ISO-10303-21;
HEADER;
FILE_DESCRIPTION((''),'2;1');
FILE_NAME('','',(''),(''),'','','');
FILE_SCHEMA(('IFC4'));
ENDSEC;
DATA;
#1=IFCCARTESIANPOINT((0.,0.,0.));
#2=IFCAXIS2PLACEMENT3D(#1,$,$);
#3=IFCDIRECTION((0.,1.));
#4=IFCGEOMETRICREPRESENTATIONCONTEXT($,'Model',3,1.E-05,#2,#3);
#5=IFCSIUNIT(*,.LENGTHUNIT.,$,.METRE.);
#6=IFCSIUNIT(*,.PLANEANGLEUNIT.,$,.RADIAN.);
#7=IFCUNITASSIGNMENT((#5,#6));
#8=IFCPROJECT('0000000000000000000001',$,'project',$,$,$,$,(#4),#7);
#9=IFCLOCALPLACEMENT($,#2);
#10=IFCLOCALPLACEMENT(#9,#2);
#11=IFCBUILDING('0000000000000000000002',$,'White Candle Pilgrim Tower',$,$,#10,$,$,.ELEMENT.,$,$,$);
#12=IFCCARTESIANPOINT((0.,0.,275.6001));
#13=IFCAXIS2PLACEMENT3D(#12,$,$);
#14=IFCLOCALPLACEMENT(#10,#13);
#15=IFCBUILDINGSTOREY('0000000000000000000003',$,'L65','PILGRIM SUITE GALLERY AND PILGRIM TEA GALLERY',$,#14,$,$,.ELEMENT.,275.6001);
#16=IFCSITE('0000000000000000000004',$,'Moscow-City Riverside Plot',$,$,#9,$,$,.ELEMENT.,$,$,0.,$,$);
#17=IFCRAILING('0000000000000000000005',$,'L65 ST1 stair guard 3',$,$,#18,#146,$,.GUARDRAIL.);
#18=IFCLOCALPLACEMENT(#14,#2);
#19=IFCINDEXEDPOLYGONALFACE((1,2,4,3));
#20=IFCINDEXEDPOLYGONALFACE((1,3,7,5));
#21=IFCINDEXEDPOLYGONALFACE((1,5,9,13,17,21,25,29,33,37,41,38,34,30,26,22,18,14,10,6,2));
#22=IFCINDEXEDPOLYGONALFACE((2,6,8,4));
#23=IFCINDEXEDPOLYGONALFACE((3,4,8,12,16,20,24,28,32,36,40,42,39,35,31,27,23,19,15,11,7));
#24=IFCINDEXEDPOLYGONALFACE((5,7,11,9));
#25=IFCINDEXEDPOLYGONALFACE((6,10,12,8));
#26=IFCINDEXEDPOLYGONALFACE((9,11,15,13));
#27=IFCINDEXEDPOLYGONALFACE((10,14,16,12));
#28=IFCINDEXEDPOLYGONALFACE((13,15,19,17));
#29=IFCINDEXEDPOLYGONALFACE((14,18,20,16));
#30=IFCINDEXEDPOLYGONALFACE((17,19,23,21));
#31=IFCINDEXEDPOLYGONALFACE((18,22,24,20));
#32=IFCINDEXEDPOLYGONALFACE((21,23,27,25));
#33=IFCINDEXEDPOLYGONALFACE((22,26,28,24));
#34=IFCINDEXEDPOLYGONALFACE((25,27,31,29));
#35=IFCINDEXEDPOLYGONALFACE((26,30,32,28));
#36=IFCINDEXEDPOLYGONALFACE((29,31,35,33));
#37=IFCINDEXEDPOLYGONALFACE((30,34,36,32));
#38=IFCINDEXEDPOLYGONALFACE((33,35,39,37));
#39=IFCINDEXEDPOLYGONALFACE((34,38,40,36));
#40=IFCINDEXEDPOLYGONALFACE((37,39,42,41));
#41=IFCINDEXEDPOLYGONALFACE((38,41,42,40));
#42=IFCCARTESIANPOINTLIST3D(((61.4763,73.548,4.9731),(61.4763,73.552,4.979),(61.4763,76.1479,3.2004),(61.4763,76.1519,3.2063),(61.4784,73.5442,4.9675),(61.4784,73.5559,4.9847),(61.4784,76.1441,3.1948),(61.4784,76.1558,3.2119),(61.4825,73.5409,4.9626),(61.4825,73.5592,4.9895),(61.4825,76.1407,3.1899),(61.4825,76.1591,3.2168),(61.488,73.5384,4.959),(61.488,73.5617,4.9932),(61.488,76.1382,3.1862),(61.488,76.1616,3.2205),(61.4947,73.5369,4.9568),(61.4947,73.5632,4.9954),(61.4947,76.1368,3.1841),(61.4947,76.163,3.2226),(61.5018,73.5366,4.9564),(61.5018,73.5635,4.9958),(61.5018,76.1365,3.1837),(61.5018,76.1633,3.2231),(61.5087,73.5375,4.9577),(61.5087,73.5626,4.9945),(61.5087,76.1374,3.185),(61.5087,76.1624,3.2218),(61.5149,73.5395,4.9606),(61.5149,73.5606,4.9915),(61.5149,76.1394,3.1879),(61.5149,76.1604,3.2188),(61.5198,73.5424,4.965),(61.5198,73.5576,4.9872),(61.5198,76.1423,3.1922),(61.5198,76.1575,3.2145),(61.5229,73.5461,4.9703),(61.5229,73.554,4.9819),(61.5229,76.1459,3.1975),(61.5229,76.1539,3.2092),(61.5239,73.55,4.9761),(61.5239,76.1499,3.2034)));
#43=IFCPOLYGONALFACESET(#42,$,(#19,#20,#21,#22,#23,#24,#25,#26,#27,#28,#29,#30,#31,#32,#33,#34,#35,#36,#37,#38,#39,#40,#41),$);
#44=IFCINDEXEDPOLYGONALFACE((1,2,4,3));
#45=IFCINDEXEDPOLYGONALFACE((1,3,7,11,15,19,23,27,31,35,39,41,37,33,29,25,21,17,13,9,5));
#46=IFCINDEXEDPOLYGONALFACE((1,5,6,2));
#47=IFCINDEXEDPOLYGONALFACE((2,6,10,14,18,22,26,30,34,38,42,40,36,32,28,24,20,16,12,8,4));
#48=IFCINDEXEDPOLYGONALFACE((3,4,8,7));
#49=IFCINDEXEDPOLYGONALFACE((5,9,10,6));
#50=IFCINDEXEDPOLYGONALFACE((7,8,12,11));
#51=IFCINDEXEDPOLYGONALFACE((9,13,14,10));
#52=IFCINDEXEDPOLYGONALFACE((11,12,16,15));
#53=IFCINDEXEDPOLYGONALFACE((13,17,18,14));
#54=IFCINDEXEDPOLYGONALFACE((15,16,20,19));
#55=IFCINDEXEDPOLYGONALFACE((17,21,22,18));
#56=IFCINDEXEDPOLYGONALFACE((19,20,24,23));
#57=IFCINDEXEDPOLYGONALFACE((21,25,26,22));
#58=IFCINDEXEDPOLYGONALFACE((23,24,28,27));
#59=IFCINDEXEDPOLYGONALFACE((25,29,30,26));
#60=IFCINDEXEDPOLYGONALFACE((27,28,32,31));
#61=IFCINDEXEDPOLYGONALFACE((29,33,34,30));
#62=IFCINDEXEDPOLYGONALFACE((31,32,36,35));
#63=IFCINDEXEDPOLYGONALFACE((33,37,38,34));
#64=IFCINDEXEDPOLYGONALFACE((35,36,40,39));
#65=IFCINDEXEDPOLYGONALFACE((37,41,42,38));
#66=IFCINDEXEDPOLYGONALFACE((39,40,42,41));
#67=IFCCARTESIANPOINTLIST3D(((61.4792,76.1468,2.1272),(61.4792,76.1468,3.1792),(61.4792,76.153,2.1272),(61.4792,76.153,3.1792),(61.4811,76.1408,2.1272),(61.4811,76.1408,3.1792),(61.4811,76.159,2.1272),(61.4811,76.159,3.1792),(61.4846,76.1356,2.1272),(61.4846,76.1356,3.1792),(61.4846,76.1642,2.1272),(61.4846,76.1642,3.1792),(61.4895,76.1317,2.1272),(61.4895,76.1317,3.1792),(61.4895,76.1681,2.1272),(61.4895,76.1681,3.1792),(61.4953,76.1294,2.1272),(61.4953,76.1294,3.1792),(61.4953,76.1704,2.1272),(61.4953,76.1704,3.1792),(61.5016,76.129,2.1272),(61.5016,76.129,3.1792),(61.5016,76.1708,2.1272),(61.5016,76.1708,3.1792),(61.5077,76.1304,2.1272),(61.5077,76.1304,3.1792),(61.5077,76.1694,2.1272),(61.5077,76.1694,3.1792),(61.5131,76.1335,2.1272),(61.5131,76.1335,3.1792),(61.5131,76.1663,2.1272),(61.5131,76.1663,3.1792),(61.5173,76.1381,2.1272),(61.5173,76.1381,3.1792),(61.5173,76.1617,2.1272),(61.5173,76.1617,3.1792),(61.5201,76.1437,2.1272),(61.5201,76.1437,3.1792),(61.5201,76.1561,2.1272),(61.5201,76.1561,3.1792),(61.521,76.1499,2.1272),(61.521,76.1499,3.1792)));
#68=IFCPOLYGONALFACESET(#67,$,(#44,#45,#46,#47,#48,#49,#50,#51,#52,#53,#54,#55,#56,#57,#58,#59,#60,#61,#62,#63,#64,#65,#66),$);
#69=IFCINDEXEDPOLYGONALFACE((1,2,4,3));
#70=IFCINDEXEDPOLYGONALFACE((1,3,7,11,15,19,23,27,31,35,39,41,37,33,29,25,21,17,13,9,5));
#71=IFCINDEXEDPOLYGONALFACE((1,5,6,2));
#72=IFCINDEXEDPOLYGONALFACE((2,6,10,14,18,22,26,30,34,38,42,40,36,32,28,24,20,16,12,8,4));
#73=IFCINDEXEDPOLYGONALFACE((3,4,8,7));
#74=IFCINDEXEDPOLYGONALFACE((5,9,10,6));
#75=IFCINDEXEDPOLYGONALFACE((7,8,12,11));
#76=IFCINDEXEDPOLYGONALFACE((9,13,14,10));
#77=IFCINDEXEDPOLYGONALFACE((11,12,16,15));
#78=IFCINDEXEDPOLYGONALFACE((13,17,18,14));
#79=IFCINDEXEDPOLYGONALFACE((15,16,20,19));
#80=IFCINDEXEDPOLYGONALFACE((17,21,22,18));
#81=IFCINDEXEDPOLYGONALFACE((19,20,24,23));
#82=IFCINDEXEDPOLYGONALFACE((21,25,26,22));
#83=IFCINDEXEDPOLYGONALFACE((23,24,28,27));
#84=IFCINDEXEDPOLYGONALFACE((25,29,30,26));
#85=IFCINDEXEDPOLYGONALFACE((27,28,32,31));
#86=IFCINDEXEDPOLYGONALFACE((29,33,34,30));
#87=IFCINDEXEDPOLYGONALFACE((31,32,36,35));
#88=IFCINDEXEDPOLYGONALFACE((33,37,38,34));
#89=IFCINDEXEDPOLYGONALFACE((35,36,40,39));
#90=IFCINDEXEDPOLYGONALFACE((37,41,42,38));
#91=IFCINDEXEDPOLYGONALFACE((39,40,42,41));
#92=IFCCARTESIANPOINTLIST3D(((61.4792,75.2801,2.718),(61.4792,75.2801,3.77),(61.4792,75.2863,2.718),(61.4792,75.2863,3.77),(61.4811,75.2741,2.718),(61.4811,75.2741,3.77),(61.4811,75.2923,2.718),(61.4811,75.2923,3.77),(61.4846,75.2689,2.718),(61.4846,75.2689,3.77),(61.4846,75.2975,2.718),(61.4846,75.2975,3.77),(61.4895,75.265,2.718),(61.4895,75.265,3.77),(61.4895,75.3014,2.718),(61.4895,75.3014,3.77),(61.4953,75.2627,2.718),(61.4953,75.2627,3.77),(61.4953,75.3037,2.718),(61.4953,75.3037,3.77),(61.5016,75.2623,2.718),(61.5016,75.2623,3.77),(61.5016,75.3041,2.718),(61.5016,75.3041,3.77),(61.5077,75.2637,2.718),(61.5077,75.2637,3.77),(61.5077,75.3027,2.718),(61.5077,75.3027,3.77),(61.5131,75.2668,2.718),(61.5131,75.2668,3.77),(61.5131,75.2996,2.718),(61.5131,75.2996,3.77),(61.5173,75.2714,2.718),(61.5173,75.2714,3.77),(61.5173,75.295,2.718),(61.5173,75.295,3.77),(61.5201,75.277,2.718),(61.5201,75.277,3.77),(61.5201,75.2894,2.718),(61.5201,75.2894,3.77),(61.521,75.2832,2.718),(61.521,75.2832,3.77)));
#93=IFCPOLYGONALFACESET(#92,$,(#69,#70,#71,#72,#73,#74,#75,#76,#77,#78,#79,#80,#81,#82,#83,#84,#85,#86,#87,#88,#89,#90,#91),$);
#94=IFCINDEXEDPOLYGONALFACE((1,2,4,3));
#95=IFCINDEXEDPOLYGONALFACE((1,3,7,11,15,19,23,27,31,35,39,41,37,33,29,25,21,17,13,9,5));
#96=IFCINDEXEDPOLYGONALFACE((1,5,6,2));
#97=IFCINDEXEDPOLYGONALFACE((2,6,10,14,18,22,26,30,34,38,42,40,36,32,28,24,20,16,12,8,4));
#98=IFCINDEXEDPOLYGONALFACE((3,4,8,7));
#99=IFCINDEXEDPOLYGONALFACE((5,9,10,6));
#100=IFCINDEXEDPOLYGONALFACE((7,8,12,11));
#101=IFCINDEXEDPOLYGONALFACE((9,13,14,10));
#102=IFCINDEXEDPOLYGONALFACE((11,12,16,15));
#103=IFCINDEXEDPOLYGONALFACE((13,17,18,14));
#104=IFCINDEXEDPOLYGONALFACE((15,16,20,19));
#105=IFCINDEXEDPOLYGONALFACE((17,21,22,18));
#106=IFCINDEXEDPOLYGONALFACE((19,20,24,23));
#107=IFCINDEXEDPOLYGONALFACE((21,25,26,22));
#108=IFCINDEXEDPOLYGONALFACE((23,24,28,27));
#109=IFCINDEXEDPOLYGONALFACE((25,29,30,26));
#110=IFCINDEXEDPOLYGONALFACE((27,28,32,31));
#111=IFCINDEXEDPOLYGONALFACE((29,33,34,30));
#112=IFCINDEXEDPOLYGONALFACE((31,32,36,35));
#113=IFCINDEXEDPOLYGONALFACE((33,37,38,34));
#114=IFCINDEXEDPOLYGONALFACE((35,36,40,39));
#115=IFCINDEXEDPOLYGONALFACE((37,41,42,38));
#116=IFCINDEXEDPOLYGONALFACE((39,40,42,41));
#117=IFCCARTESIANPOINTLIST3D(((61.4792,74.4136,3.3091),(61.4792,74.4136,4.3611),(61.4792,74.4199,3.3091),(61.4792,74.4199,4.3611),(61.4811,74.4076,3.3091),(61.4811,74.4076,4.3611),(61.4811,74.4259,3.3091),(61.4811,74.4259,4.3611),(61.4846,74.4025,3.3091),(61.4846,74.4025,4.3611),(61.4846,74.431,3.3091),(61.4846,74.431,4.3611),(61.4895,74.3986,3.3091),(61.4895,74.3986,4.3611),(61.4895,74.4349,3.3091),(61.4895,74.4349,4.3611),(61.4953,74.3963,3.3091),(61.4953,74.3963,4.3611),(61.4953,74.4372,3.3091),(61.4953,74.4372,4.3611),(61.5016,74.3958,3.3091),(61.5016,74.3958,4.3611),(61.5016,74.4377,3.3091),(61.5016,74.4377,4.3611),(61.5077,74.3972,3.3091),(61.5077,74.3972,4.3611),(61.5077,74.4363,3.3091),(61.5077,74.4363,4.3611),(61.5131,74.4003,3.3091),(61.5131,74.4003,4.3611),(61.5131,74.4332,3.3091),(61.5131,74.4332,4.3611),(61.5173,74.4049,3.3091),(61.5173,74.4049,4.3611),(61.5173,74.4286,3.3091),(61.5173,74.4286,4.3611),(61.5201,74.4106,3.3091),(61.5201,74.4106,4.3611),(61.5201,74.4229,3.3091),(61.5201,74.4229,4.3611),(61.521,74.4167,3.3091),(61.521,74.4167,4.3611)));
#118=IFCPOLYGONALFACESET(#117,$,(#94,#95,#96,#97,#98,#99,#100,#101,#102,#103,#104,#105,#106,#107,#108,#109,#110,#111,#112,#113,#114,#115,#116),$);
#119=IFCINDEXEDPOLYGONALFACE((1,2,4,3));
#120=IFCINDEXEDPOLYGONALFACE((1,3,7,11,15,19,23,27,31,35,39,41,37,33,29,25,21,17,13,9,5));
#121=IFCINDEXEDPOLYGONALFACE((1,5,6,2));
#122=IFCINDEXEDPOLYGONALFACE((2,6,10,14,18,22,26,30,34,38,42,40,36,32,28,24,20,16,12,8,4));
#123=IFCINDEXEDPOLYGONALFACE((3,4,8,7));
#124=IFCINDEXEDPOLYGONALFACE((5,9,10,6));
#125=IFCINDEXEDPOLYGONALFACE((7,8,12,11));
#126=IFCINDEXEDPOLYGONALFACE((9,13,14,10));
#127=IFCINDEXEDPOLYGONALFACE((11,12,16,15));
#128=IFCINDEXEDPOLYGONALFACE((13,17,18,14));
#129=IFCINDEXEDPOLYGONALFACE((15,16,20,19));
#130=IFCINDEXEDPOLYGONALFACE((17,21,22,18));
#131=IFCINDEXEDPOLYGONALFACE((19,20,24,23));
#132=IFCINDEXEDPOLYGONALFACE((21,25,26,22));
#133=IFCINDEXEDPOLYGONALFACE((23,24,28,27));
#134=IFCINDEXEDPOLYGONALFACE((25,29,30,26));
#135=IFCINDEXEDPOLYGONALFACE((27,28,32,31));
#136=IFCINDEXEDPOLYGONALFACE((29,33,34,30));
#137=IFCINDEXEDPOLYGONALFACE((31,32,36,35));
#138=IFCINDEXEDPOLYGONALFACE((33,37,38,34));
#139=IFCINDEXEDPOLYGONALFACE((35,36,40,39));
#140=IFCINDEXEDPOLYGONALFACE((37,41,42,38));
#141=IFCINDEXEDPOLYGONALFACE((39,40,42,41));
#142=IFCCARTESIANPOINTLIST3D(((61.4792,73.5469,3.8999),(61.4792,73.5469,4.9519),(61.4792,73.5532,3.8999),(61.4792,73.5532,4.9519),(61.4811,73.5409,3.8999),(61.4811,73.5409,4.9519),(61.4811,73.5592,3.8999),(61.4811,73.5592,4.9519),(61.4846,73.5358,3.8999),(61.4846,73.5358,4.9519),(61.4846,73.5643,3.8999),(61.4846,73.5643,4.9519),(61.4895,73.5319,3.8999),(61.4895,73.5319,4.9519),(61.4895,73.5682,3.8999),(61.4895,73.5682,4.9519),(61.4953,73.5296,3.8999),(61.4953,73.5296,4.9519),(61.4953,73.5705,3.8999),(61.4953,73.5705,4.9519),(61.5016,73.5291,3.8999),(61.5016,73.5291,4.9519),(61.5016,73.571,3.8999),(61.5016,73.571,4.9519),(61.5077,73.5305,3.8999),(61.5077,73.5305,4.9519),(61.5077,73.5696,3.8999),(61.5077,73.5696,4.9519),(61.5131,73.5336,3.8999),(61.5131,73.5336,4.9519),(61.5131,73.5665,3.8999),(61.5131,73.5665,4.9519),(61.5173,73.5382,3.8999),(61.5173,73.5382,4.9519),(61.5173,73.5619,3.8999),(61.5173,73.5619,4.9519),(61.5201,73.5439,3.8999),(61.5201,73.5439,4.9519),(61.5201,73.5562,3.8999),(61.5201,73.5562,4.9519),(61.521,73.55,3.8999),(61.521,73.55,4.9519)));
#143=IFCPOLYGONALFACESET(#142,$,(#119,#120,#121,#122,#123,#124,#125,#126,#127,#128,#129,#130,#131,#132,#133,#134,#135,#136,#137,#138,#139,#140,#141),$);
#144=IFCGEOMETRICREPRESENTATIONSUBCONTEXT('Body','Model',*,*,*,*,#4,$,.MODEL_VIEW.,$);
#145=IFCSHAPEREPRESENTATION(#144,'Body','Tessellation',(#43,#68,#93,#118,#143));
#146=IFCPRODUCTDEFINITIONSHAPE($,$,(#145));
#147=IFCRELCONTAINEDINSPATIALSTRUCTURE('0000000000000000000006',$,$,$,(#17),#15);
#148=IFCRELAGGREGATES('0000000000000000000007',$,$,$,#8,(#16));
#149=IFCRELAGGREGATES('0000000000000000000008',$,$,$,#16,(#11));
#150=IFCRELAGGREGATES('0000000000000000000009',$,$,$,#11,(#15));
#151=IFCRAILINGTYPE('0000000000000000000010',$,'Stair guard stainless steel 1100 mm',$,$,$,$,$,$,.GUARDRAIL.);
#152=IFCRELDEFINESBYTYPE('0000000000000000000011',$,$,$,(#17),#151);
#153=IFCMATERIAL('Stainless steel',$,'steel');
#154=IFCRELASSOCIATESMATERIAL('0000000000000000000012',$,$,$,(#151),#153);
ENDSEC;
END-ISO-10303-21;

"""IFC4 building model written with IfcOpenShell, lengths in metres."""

from ifc_helpers import new_model, si_unit, direction, frame, origin, origin_2d, place, context, subcontext, project, spatial, circle, extrude, material, type_object, element, save


model = new_model("IFC4")

# Units and contexts
model_context = context("Model", 3, precision=1e-05, world=origin(), true_north=direction((0.0, 1.0)))
body_context = subcontext(model_context, "Body", "Model", "MODEL_VIEW")
ifc_project = project(units=[si_unit("LENGTHUNIT", "METRE"), si_unit("PLANEANGLEUNIT", "RADIAN")], contexts=[model_context])

# Site, building, storey
site_placement = place(None, origin())
site = spatial("IfcSite", under=ifc_project, at=site_placement, Name="Moscow-City Riverside Plot", CompositionType="ELEMENT", RefElevation=0.0)
building_placement = place(site_placement, origin())
building = spatial("IfcBuilding", under=site, at=building_placement, Name="White Candle Pilgrim Tower", CompositionType="ELEMENT")
storey_placement = place(building_placement, frame((0.0, 0.0, 275.6001)))
storey = spatial("IfcBuildingStorey", under=building, at=storey_placement, Name="L65", Description="PILGRIM SUITE GALLERY AND PILGRIM TEA GALLERY", CompositionType="ELEMENT", Elevation=275.6001)

# Shared definitions
ifc_material_1 = material(Name="Stainless steel", Category="steel")

# Railing
railing_type_1 = type_object("IfcRailingType", Name="Stair guard stainless steel 1100 mm", PredefinedType="GUARDRAIL", material=ifc_material_1)
railing_1_placement = place(storey_placement, frame((61.5, 76.1499, 2.1272)))
element("IfcRailing", 1, at=railing_1_placement, inside=storey, type_object=railing_type_1, Name="L65 ST1 stair guard 3", PredefinedType="GUARDRAIL", context=body_context, shape_type="SweptSolid", body=[
    extrude(circle(Radius=0.0239, at=origin_2d()), frame((0.0, 0.0, 1.0762), z_axis=(0.0, -0.826216, 0.563354), x_axis=(1.0, 0.0, 0.0)), (0.0, 0.0, 1.0), 3.1467),
    extrude(circle(Radius=0.021, at=origin_2d()), origin(), (0.0, 0.0, 1.0), 1.052),
    extrude(circle(Radius=0.021, at=origin_2d()), frame((0.0, -0.8667, 0.5908)), (0.0, 0.0, 1.0), 1.052),
    extrude(circle(Radius=0.021, at=origin_2d()), frame((0.0, -1.7332, 1.1819)), (0.0, 0.0, 1.0), 1.052),
    extrude(circle(Radius=0.021, at=origin_2d()), frame((0.0, -2.5999, 1.7727)), (0.0, 0.0, 1.0), 1.052),
])

save(model, "model.ifc")
